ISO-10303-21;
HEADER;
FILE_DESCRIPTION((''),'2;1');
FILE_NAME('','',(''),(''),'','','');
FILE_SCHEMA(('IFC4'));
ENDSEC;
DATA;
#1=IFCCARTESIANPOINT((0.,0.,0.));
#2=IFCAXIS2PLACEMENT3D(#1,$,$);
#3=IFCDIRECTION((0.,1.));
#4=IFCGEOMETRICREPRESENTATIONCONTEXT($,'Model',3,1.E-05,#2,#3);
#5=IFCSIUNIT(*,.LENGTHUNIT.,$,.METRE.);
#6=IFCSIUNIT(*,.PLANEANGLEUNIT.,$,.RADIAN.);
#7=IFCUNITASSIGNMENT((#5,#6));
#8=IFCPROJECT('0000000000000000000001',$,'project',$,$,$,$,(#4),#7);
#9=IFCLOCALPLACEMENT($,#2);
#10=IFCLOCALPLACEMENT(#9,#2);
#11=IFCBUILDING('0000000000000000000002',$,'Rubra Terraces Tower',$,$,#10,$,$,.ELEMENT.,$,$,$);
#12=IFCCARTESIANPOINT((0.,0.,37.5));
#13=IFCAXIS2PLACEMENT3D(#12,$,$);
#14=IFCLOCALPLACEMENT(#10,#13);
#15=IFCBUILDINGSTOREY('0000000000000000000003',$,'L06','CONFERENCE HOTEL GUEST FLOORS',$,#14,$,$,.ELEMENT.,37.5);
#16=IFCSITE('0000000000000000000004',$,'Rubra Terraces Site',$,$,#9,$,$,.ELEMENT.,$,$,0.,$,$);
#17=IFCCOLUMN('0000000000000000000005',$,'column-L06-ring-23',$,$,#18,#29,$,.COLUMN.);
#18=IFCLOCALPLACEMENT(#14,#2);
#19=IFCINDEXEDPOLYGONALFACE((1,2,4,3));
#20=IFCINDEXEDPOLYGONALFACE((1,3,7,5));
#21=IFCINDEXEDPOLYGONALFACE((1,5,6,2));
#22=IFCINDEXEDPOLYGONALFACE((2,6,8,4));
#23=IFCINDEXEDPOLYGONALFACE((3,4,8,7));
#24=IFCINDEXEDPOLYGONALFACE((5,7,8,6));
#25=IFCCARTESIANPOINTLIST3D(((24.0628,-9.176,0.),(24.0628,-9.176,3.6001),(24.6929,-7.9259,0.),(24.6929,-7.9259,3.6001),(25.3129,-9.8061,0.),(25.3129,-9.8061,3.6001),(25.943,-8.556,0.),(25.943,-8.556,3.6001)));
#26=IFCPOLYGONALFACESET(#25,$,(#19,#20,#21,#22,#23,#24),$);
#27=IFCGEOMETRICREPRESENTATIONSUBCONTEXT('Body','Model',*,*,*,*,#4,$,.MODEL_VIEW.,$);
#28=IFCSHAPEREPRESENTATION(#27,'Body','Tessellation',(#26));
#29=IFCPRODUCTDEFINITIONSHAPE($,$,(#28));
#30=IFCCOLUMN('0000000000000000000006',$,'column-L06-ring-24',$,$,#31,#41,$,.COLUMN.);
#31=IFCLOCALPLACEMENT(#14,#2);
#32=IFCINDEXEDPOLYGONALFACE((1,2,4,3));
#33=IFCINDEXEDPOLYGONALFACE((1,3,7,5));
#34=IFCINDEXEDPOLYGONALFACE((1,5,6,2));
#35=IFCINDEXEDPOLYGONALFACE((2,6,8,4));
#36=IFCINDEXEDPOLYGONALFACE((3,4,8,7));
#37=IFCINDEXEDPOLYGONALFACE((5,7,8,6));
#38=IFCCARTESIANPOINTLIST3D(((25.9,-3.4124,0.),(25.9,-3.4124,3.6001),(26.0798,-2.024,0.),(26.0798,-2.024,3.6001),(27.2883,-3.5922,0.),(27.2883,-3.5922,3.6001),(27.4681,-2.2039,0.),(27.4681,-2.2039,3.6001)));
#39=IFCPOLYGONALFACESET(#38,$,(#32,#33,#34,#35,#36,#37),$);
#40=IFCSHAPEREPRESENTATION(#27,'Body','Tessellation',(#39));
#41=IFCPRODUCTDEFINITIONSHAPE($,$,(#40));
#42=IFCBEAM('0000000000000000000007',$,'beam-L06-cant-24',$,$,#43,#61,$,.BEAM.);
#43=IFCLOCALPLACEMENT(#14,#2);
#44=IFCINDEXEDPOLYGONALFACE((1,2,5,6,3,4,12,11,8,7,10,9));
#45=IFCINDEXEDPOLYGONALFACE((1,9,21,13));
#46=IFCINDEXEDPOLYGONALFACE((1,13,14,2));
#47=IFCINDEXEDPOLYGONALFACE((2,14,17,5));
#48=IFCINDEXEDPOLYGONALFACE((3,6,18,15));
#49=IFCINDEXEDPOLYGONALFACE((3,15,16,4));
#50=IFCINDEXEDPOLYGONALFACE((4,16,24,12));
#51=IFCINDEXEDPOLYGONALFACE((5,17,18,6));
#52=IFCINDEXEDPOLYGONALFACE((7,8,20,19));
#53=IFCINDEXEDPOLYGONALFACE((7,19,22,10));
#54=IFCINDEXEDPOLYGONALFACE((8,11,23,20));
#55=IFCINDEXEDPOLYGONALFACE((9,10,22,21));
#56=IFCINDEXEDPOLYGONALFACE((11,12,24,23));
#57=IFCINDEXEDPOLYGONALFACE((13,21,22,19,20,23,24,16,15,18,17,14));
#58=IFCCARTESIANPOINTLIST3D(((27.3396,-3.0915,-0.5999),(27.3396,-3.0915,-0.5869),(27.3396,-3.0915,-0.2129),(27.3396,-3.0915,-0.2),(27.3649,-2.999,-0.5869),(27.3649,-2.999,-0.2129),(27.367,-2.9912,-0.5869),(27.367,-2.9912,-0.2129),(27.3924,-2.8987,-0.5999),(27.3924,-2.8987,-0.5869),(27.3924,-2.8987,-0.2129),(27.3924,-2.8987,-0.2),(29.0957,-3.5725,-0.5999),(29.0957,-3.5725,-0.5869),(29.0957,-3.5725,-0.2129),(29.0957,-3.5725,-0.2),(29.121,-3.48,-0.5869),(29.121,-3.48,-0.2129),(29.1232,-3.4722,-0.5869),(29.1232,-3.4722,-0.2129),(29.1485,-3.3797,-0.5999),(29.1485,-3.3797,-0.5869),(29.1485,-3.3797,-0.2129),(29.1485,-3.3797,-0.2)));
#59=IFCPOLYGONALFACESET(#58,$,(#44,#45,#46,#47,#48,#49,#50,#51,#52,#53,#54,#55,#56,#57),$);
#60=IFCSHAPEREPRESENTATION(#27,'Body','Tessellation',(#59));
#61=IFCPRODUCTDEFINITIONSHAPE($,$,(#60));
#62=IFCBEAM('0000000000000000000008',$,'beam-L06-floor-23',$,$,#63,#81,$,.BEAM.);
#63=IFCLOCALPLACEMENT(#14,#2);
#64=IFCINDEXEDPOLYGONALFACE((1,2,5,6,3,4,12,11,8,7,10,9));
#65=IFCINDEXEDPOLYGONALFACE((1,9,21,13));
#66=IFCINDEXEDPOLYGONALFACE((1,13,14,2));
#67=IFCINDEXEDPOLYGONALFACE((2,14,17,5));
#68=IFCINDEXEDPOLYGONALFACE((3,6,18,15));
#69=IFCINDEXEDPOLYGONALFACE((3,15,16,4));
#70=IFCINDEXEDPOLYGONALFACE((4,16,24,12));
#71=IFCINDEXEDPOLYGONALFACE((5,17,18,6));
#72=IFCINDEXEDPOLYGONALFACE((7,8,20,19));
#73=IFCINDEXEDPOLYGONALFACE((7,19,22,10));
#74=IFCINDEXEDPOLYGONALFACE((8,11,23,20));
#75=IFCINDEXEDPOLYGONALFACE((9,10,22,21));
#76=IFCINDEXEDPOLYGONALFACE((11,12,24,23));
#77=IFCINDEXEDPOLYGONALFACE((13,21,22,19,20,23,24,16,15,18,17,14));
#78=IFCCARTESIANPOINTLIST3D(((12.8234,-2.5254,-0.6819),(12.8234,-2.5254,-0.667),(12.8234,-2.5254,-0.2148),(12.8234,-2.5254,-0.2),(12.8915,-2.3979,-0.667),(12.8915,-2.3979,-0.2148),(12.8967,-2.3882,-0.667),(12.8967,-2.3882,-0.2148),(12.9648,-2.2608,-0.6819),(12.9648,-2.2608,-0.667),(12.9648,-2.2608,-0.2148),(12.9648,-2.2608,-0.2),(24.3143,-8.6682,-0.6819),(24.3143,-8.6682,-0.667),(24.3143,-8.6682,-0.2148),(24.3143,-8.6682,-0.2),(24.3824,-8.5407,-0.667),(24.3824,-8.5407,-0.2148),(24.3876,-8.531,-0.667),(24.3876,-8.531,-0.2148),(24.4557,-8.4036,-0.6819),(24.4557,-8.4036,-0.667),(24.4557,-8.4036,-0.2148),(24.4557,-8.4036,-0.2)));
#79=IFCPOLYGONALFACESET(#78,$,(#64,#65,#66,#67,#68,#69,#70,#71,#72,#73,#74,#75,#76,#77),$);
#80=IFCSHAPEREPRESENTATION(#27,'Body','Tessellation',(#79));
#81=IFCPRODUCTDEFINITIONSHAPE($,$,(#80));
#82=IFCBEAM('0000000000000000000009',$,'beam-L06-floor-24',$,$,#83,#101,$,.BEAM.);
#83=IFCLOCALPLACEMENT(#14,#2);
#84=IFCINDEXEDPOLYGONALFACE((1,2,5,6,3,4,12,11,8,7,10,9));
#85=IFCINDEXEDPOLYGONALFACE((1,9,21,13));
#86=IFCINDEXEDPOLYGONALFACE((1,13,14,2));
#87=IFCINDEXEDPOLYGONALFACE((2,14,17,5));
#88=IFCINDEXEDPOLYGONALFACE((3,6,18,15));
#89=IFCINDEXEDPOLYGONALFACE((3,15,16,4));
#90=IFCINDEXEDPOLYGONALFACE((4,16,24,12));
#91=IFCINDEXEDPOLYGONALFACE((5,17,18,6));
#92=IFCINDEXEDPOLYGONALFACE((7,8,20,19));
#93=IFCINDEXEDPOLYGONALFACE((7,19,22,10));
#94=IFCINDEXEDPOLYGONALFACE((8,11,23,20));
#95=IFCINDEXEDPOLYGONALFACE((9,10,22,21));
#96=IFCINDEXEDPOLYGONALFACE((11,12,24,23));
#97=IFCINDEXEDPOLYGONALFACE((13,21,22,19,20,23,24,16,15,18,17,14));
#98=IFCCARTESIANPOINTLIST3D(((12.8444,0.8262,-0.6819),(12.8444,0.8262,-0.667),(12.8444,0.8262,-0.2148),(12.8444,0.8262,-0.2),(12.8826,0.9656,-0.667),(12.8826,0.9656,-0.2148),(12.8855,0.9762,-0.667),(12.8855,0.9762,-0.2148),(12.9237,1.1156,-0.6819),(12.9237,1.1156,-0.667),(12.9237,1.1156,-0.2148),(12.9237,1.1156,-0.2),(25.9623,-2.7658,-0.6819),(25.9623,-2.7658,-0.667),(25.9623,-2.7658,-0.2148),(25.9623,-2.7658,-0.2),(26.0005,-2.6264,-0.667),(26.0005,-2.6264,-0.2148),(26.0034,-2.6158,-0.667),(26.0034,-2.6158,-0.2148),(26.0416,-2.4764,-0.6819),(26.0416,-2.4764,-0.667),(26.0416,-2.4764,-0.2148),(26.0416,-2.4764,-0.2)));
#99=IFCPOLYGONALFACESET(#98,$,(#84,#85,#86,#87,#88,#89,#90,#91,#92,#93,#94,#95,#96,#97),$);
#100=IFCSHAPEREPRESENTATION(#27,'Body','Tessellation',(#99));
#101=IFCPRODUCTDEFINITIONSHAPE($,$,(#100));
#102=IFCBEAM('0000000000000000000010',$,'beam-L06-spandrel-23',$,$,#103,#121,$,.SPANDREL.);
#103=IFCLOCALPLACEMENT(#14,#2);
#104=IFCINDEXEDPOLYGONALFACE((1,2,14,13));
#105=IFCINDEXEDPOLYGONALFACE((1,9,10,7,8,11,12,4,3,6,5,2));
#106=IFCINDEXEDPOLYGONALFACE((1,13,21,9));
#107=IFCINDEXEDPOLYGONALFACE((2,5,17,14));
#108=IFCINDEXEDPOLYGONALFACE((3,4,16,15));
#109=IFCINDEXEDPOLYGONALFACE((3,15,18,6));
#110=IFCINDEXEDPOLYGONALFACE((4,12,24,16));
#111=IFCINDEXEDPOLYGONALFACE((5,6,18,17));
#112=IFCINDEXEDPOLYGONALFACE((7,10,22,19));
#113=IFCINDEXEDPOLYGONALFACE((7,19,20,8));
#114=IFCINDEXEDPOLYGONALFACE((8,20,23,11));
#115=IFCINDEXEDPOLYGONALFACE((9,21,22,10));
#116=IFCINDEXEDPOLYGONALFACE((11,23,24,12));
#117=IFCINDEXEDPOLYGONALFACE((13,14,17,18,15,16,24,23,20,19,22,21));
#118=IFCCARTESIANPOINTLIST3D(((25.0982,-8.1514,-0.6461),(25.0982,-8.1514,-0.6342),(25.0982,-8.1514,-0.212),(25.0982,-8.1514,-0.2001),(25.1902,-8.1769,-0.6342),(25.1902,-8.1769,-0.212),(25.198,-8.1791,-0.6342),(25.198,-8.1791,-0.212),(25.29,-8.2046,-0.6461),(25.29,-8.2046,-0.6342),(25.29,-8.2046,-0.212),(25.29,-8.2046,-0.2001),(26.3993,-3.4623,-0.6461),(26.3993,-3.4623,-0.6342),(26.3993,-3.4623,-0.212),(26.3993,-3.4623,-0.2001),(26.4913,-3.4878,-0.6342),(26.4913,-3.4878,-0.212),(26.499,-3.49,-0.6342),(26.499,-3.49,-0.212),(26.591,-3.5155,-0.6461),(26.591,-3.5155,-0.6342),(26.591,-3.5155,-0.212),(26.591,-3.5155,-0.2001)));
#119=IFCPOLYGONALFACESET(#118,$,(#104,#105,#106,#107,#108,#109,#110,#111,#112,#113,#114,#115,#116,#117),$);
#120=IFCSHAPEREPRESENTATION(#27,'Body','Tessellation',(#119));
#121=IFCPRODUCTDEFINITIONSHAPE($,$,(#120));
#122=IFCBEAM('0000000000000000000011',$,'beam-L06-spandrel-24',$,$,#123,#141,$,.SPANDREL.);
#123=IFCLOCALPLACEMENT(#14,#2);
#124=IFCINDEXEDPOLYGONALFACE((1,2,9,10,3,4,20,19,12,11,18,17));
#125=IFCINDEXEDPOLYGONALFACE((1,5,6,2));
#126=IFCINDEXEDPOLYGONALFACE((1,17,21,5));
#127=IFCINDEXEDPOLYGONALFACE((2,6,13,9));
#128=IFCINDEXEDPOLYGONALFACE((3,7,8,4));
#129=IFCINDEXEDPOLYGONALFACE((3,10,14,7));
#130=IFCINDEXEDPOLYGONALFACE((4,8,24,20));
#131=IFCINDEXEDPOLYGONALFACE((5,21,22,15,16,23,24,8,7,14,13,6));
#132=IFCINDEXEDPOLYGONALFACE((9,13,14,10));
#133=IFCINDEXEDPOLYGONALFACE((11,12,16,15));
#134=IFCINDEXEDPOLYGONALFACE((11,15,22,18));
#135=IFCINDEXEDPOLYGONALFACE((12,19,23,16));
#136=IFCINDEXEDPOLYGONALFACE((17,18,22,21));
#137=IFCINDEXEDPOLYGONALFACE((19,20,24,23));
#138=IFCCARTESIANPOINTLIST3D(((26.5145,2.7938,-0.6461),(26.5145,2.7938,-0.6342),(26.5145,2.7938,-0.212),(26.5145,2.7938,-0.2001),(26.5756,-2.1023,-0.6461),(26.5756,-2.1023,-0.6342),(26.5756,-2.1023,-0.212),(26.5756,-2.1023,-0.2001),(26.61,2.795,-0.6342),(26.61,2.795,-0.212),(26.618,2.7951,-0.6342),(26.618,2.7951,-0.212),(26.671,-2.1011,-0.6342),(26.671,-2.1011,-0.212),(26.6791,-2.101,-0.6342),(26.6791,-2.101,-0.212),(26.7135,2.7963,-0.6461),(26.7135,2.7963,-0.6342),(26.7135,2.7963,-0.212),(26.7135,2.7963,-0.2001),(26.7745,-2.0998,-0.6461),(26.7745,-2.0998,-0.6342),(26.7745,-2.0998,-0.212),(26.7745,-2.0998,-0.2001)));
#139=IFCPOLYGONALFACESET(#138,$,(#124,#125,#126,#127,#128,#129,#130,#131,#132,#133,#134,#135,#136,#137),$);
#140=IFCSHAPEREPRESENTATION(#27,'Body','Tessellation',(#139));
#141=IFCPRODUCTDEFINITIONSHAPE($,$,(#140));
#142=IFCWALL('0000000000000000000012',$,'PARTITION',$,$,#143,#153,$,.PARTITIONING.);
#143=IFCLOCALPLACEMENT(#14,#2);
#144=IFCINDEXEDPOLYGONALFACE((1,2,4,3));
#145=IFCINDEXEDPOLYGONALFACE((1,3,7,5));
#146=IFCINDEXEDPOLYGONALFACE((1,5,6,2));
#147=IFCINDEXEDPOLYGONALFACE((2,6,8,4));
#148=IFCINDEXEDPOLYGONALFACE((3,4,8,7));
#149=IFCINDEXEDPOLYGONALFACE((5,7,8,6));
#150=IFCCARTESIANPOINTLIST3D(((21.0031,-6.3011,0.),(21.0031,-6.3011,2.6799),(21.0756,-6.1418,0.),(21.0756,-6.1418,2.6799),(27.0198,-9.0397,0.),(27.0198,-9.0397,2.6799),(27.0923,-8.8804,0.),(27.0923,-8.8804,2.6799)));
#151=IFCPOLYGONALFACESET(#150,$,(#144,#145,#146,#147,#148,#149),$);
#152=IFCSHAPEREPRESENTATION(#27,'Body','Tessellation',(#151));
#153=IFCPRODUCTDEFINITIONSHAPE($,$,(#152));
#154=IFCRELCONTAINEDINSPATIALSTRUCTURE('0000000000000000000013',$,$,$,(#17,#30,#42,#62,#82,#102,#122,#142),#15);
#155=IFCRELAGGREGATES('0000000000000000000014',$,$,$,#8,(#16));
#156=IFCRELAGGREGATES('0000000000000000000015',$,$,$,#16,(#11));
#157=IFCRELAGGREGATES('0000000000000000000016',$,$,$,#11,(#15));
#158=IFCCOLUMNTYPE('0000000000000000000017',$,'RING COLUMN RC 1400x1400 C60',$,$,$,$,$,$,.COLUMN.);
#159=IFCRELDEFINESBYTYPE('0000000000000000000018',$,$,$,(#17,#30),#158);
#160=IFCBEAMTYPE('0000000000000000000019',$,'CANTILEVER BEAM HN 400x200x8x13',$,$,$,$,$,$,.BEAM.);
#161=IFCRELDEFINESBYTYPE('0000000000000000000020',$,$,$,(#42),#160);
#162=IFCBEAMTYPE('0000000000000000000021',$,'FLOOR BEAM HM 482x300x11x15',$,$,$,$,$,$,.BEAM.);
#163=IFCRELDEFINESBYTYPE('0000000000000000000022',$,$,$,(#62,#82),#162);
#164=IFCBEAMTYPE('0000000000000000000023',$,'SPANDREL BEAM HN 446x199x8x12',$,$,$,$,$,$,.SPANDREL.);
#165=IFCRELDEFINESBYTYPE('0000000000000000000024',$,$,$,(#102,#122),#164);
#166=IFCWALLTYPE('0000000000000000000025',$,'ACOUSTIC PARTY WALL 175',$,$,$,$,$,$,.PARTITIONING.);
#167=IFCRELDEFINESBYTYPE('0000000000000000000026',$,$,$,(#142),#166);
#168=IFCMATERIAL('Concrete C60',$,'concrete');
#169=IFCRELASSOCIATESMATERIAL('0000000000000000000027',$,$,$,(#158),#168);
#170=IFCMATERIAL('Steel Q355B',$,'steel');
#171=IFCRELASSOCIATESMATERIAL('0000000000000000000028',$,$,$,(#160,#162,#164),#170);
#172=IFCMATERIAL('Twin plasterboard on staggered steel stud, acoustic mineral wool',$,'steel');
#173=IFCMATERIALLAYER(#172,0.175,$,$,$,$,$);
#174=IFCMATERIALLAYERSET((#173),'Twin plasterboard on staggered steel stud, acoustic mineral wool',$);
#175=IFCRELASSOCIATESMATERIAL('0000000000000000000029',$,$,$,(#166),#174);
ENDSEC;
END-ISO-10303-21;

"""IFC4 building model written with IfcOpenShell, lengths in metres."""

from ifc_helpers import new_model, si_unit, direction, frame, frame_2d, origin, origin_2d, place, context, subcontext, project, spatial, rectangle, i_section, extrude, material, layer, layer_set, material_profile, profile_set, type_object, element, save


model = new_model("IFC4")

# Units and contexts
model_context = context("Model", 3, precision=1e-05, world=origin(), true_north=direction((0.0, 1.0)))
body_context = subcontext(model_context, "Body", "Model", "MODEL_VIEW")
ifc_project = project(units=[si_unit("LENGTHUNIT", "METRE"), si_unit("PLANEANGLEUNIT", "RADIAN")], contexts=[model_context])

# Site, building, storey
site_placement = place(None, origin())
site = spatial("IfcSite", under=ifc_project, at=site_placement, Name="Rubra Terraces Site", CompositionType="ELEMENT", RefElevation=0.0)
building_placement = place(site_placement, origin())
building = spatial("IfcBuilding", under=site, at=building_placement, Name="Rubra Terraces Tower", CompositionType="ELEMENT")
storey_placement = place(building_placement, frame((0.0, 0.0, 37.5)))
storey = spatial("IfcBuildingStorey", under=building, at=storey_placement, Name="L06", Description="CONFERENCE HOTEL GUEST FLOORS", CompositionType="ELEMENT", Elevation=37.5)

# Columns
ifc_material_1 = material(Name="Concrete C60", Category="concrete")
ifc_material_profile_1 = material_profile(ifc_material_1, rectangle(XDim=1.3999, YDim=1.3999, at=origin_2d()), Name="RC 1400x1400")
ifc_profile_set_1 = profile_set([ifc_material_profile_1], Name="Concrete C60")
column_type = type_object("IfcColumnType", Name="RING COLUMN RC 1400x1400 C60", PredefinedType="COLUMN", material=ifc_profile_set_1)
for number, where, z_axis, x_axis, name in (
    (1, (25.0029, -8.866, 0.0), (0.0, 0.0, 1.0), (0.450099, 0.892979, 0.0), "column-L06-ring-23"),
    (2, (26.6841, -2.8081, 0.0), (0.0, 0.0, 1.0), (0.128445, 0.991717, 0.0), "column-L06-ring-24"),
):
    element("IfcColumn", number, at=place(storey_placement, frame(where, z_axis=z_axis, x_axis=x_axis)), inside=storey, type_object=column_type, Name=name, PredefinedType="COLUMN", context=body_context, shape_type="SweptSolid", body=[
        extrude(rectangle(XDim=1.3999, YDim=1.3999, at=origin_2d()), origin(), (0.0, 0.0, 1.0), 3.6001),
    ])

# Beams
ifc_material_2 = material(Name="Steel Q355B", Category="steel")
ifc_material_profile_2 = material_profile(ifc_material_2, i_section(OverallWidth=0.2, OverallDepth=0.3999, WebThickness=0.0081, FlangeThickness=0.0129, at=origin_2d()), Name="HN 400x200x8x13")
ifc_profile_set_2 = profile_set([ifc_material_profile_2], Name="Steel Q355B")
beam_type_1 = type_object("IfcBeamType", Name="CANTILEVER BEAM HN 400x200x8x13", PredefinedType="BEAM", material=ifc_profile_set_2)
beam_1_placement = place(storey_placement, frame((27.366, -2.9951, -0.3999), z_axis=(0.964482, -0.26415, 0.0), x_axis=(0.26415, 0.964482, 0.0)))
element("IfcBeam", 3, at=beam_1_placement, inside=storey, type_object=beam_type_1, Name="beam-L06-cant-24", PredefinedType="BEAM", context=body_context, shape_type="SweptSolid", body=[
    extrude(i_section(OverallWidth=0.2, OverallDepth=0.3999, WebThickness=0.0081, FlangeThickness=0.0129, at=origin_2d()), origin(), (0.0, 0.0, 1.0), 1.8208),
])
ifc_material_profile_3 = material_profile(ifc_material_2, i_section(OverallWidth=0.3, OverallDepth=0.4819, WebThickness=0.011, FlangeThickness=0.0149, at=origin_2d()), Name="HM 482x300x11x15")
ifc_profile_set_3 = profile_set([ifc_material_profile_3], Name="Steel Q355B")
beam_type_2 = type_object("IfcBeamType", Name="FLOOR BEAM HM 482x300x11x15", PredefinedType="BEAM", material=ifc_profile_set_3)
beam_2_placement = place(storey_placement, frame((24.385, -8.5359, -0.4409), z_axis=(-0.881897, 0.471443, 0.0), x_axis=(-0.471443, -0.881897, 0.0)))
element("IfcBeam", 4, at=beam_2_placement, inside=storey, type_object=beam_type_2, Name="beam-L06-floor-23", PredefinedType="BEAM", context=body_context, shape_type="SweptSolid", body=[
    extrude(i_section(OverallWidth=0.3, OverallDepth=0.4819, WebThickness=0.011, FlangeThickness=0.0149, at=origin_2d()), origin(), (0.0, 0.0, 1.0), 13.0298),
])
beam_3_placement = place(storey_placement, frame((26.002, -2.6211, -0.4409), z_axis=(-0.964494, 0.264105, 0.0), x_axis=(-0.264105, -0.964494, 0.0)))
element("IfcBeam", 5, at=beam_3_placement, inside=storey, type_object=beam_type_2, Name="beam-L06-floor-24", PredefinedType="BEAM", context=body_context, shape_type="SweptSolid", body=[
    extrude(i_section(OverallWidth=0.3, OverallDepth=0.4819, WebThickness=0.011, FlangeThickness=0.0149, at=origin_2d()), origin(), (0.0, 0.0, 1.0), 13.6008),
])
ifc_material_profile_4 = material_profile(ifc_material_2, i_section(OverallWidth=0.199, OverallDepth=0.446, WebThickness=0.0081, FlangeThickness=0.012, at=origin_2d()), Name="HN 446x199x8x12")
ifc_profile_set_4 = profile_set([ifc_material_profile_4], Name="Steel Q355B")
beam_type_3 = type_object("IfcBeamType", Name="SPANDREL BEAM HN 446x199x8x12", PredefinedType="SPANDREL", material=ifc_profile_set_4)
beam_4_placement = place(storey_placement, frame((25.1941, -8.178, -0.4231), z_axis=(0.267364, 0.963595, 0.0), x_axis=(-0.963595, 0.267364, 0.0)))
element("IfcBeam", 6, at=beam_4_placement, inside=storey, type_object=beam_type_3, Name="beam-L06-spandrel-23", PredefinedType="SPANDREL", context=body_context, shape_type="SweptSolid", body=[
    extrude(i_section(OverallWidth=0.199, OverallDepth=0.446, WebThickness=0.0081, FlangeThickness=0.012, at=origin_2d()), origin(), (0.0, 0.0, 1.0), 4.8662),
])
beam_5_placement = place(storey_placement, frame((26.675, -2.1011, -0.4231), z_axis=(-0.012465, 0.999922, 0.0), x_axis=(-0.999922, -0.012465, 0.0)))
element("IfcBeam", 7, at=beam_5_placement, inside=storey, type_object=beam_type_3, Name="beam-L06-spandrel-24", PredefinedType="SPANDREL", context=body_context, shape_type="SweptSolid", body=[
    extrude(i_section(OverallWidth=0.199, OverallDepth=0.446, WebThickness=0.0081, FlangeThickness=0.012, at=origin_2d()), origin(), (0.0, 0.0, 1.0), 4.8965),
])

# Wall
ifc_material_3 = material(Name="Twin plasterboard on staggered steel stud, acoustic mineral wool", Category="steel")
ifc_layer_1 = layer(ifc_material_3, 0.175)
ifc_layer_set_1 = layer_set([ifc_layer_1], Name="Twin plasterboard on staggered steel stud, acoustic mineral wool")
wall_type_1 = type_object("IfcWallType", Name="ACOUSTIC PARTY WALL 175", PredefinedType="PARTITIONING", material=ifc_layer_set_1)
wall_1_placement = place(storey_placement, frame((27.0559, -8.96, 0.0), z_axis=(0.0, 0.0, 1.0), x_axis=(-0.910155, 0.414268, 0.0)))
element("IfcWall", 8, at=wall_1_placement, inside=storey, type_object=wall_type_1, Name="PARTITION", PredefinedType="PARTITIONING", context=body_context, shape_type="SweptSolid", body=[
    extrude(rectangle(XDim=6.6106, YDim=0.175, at=frame_2d((3.3052, 0.0))), origin(), (0.0, 0.0, 1.0), 2.6799),
])

save(model, "model.ifc")
